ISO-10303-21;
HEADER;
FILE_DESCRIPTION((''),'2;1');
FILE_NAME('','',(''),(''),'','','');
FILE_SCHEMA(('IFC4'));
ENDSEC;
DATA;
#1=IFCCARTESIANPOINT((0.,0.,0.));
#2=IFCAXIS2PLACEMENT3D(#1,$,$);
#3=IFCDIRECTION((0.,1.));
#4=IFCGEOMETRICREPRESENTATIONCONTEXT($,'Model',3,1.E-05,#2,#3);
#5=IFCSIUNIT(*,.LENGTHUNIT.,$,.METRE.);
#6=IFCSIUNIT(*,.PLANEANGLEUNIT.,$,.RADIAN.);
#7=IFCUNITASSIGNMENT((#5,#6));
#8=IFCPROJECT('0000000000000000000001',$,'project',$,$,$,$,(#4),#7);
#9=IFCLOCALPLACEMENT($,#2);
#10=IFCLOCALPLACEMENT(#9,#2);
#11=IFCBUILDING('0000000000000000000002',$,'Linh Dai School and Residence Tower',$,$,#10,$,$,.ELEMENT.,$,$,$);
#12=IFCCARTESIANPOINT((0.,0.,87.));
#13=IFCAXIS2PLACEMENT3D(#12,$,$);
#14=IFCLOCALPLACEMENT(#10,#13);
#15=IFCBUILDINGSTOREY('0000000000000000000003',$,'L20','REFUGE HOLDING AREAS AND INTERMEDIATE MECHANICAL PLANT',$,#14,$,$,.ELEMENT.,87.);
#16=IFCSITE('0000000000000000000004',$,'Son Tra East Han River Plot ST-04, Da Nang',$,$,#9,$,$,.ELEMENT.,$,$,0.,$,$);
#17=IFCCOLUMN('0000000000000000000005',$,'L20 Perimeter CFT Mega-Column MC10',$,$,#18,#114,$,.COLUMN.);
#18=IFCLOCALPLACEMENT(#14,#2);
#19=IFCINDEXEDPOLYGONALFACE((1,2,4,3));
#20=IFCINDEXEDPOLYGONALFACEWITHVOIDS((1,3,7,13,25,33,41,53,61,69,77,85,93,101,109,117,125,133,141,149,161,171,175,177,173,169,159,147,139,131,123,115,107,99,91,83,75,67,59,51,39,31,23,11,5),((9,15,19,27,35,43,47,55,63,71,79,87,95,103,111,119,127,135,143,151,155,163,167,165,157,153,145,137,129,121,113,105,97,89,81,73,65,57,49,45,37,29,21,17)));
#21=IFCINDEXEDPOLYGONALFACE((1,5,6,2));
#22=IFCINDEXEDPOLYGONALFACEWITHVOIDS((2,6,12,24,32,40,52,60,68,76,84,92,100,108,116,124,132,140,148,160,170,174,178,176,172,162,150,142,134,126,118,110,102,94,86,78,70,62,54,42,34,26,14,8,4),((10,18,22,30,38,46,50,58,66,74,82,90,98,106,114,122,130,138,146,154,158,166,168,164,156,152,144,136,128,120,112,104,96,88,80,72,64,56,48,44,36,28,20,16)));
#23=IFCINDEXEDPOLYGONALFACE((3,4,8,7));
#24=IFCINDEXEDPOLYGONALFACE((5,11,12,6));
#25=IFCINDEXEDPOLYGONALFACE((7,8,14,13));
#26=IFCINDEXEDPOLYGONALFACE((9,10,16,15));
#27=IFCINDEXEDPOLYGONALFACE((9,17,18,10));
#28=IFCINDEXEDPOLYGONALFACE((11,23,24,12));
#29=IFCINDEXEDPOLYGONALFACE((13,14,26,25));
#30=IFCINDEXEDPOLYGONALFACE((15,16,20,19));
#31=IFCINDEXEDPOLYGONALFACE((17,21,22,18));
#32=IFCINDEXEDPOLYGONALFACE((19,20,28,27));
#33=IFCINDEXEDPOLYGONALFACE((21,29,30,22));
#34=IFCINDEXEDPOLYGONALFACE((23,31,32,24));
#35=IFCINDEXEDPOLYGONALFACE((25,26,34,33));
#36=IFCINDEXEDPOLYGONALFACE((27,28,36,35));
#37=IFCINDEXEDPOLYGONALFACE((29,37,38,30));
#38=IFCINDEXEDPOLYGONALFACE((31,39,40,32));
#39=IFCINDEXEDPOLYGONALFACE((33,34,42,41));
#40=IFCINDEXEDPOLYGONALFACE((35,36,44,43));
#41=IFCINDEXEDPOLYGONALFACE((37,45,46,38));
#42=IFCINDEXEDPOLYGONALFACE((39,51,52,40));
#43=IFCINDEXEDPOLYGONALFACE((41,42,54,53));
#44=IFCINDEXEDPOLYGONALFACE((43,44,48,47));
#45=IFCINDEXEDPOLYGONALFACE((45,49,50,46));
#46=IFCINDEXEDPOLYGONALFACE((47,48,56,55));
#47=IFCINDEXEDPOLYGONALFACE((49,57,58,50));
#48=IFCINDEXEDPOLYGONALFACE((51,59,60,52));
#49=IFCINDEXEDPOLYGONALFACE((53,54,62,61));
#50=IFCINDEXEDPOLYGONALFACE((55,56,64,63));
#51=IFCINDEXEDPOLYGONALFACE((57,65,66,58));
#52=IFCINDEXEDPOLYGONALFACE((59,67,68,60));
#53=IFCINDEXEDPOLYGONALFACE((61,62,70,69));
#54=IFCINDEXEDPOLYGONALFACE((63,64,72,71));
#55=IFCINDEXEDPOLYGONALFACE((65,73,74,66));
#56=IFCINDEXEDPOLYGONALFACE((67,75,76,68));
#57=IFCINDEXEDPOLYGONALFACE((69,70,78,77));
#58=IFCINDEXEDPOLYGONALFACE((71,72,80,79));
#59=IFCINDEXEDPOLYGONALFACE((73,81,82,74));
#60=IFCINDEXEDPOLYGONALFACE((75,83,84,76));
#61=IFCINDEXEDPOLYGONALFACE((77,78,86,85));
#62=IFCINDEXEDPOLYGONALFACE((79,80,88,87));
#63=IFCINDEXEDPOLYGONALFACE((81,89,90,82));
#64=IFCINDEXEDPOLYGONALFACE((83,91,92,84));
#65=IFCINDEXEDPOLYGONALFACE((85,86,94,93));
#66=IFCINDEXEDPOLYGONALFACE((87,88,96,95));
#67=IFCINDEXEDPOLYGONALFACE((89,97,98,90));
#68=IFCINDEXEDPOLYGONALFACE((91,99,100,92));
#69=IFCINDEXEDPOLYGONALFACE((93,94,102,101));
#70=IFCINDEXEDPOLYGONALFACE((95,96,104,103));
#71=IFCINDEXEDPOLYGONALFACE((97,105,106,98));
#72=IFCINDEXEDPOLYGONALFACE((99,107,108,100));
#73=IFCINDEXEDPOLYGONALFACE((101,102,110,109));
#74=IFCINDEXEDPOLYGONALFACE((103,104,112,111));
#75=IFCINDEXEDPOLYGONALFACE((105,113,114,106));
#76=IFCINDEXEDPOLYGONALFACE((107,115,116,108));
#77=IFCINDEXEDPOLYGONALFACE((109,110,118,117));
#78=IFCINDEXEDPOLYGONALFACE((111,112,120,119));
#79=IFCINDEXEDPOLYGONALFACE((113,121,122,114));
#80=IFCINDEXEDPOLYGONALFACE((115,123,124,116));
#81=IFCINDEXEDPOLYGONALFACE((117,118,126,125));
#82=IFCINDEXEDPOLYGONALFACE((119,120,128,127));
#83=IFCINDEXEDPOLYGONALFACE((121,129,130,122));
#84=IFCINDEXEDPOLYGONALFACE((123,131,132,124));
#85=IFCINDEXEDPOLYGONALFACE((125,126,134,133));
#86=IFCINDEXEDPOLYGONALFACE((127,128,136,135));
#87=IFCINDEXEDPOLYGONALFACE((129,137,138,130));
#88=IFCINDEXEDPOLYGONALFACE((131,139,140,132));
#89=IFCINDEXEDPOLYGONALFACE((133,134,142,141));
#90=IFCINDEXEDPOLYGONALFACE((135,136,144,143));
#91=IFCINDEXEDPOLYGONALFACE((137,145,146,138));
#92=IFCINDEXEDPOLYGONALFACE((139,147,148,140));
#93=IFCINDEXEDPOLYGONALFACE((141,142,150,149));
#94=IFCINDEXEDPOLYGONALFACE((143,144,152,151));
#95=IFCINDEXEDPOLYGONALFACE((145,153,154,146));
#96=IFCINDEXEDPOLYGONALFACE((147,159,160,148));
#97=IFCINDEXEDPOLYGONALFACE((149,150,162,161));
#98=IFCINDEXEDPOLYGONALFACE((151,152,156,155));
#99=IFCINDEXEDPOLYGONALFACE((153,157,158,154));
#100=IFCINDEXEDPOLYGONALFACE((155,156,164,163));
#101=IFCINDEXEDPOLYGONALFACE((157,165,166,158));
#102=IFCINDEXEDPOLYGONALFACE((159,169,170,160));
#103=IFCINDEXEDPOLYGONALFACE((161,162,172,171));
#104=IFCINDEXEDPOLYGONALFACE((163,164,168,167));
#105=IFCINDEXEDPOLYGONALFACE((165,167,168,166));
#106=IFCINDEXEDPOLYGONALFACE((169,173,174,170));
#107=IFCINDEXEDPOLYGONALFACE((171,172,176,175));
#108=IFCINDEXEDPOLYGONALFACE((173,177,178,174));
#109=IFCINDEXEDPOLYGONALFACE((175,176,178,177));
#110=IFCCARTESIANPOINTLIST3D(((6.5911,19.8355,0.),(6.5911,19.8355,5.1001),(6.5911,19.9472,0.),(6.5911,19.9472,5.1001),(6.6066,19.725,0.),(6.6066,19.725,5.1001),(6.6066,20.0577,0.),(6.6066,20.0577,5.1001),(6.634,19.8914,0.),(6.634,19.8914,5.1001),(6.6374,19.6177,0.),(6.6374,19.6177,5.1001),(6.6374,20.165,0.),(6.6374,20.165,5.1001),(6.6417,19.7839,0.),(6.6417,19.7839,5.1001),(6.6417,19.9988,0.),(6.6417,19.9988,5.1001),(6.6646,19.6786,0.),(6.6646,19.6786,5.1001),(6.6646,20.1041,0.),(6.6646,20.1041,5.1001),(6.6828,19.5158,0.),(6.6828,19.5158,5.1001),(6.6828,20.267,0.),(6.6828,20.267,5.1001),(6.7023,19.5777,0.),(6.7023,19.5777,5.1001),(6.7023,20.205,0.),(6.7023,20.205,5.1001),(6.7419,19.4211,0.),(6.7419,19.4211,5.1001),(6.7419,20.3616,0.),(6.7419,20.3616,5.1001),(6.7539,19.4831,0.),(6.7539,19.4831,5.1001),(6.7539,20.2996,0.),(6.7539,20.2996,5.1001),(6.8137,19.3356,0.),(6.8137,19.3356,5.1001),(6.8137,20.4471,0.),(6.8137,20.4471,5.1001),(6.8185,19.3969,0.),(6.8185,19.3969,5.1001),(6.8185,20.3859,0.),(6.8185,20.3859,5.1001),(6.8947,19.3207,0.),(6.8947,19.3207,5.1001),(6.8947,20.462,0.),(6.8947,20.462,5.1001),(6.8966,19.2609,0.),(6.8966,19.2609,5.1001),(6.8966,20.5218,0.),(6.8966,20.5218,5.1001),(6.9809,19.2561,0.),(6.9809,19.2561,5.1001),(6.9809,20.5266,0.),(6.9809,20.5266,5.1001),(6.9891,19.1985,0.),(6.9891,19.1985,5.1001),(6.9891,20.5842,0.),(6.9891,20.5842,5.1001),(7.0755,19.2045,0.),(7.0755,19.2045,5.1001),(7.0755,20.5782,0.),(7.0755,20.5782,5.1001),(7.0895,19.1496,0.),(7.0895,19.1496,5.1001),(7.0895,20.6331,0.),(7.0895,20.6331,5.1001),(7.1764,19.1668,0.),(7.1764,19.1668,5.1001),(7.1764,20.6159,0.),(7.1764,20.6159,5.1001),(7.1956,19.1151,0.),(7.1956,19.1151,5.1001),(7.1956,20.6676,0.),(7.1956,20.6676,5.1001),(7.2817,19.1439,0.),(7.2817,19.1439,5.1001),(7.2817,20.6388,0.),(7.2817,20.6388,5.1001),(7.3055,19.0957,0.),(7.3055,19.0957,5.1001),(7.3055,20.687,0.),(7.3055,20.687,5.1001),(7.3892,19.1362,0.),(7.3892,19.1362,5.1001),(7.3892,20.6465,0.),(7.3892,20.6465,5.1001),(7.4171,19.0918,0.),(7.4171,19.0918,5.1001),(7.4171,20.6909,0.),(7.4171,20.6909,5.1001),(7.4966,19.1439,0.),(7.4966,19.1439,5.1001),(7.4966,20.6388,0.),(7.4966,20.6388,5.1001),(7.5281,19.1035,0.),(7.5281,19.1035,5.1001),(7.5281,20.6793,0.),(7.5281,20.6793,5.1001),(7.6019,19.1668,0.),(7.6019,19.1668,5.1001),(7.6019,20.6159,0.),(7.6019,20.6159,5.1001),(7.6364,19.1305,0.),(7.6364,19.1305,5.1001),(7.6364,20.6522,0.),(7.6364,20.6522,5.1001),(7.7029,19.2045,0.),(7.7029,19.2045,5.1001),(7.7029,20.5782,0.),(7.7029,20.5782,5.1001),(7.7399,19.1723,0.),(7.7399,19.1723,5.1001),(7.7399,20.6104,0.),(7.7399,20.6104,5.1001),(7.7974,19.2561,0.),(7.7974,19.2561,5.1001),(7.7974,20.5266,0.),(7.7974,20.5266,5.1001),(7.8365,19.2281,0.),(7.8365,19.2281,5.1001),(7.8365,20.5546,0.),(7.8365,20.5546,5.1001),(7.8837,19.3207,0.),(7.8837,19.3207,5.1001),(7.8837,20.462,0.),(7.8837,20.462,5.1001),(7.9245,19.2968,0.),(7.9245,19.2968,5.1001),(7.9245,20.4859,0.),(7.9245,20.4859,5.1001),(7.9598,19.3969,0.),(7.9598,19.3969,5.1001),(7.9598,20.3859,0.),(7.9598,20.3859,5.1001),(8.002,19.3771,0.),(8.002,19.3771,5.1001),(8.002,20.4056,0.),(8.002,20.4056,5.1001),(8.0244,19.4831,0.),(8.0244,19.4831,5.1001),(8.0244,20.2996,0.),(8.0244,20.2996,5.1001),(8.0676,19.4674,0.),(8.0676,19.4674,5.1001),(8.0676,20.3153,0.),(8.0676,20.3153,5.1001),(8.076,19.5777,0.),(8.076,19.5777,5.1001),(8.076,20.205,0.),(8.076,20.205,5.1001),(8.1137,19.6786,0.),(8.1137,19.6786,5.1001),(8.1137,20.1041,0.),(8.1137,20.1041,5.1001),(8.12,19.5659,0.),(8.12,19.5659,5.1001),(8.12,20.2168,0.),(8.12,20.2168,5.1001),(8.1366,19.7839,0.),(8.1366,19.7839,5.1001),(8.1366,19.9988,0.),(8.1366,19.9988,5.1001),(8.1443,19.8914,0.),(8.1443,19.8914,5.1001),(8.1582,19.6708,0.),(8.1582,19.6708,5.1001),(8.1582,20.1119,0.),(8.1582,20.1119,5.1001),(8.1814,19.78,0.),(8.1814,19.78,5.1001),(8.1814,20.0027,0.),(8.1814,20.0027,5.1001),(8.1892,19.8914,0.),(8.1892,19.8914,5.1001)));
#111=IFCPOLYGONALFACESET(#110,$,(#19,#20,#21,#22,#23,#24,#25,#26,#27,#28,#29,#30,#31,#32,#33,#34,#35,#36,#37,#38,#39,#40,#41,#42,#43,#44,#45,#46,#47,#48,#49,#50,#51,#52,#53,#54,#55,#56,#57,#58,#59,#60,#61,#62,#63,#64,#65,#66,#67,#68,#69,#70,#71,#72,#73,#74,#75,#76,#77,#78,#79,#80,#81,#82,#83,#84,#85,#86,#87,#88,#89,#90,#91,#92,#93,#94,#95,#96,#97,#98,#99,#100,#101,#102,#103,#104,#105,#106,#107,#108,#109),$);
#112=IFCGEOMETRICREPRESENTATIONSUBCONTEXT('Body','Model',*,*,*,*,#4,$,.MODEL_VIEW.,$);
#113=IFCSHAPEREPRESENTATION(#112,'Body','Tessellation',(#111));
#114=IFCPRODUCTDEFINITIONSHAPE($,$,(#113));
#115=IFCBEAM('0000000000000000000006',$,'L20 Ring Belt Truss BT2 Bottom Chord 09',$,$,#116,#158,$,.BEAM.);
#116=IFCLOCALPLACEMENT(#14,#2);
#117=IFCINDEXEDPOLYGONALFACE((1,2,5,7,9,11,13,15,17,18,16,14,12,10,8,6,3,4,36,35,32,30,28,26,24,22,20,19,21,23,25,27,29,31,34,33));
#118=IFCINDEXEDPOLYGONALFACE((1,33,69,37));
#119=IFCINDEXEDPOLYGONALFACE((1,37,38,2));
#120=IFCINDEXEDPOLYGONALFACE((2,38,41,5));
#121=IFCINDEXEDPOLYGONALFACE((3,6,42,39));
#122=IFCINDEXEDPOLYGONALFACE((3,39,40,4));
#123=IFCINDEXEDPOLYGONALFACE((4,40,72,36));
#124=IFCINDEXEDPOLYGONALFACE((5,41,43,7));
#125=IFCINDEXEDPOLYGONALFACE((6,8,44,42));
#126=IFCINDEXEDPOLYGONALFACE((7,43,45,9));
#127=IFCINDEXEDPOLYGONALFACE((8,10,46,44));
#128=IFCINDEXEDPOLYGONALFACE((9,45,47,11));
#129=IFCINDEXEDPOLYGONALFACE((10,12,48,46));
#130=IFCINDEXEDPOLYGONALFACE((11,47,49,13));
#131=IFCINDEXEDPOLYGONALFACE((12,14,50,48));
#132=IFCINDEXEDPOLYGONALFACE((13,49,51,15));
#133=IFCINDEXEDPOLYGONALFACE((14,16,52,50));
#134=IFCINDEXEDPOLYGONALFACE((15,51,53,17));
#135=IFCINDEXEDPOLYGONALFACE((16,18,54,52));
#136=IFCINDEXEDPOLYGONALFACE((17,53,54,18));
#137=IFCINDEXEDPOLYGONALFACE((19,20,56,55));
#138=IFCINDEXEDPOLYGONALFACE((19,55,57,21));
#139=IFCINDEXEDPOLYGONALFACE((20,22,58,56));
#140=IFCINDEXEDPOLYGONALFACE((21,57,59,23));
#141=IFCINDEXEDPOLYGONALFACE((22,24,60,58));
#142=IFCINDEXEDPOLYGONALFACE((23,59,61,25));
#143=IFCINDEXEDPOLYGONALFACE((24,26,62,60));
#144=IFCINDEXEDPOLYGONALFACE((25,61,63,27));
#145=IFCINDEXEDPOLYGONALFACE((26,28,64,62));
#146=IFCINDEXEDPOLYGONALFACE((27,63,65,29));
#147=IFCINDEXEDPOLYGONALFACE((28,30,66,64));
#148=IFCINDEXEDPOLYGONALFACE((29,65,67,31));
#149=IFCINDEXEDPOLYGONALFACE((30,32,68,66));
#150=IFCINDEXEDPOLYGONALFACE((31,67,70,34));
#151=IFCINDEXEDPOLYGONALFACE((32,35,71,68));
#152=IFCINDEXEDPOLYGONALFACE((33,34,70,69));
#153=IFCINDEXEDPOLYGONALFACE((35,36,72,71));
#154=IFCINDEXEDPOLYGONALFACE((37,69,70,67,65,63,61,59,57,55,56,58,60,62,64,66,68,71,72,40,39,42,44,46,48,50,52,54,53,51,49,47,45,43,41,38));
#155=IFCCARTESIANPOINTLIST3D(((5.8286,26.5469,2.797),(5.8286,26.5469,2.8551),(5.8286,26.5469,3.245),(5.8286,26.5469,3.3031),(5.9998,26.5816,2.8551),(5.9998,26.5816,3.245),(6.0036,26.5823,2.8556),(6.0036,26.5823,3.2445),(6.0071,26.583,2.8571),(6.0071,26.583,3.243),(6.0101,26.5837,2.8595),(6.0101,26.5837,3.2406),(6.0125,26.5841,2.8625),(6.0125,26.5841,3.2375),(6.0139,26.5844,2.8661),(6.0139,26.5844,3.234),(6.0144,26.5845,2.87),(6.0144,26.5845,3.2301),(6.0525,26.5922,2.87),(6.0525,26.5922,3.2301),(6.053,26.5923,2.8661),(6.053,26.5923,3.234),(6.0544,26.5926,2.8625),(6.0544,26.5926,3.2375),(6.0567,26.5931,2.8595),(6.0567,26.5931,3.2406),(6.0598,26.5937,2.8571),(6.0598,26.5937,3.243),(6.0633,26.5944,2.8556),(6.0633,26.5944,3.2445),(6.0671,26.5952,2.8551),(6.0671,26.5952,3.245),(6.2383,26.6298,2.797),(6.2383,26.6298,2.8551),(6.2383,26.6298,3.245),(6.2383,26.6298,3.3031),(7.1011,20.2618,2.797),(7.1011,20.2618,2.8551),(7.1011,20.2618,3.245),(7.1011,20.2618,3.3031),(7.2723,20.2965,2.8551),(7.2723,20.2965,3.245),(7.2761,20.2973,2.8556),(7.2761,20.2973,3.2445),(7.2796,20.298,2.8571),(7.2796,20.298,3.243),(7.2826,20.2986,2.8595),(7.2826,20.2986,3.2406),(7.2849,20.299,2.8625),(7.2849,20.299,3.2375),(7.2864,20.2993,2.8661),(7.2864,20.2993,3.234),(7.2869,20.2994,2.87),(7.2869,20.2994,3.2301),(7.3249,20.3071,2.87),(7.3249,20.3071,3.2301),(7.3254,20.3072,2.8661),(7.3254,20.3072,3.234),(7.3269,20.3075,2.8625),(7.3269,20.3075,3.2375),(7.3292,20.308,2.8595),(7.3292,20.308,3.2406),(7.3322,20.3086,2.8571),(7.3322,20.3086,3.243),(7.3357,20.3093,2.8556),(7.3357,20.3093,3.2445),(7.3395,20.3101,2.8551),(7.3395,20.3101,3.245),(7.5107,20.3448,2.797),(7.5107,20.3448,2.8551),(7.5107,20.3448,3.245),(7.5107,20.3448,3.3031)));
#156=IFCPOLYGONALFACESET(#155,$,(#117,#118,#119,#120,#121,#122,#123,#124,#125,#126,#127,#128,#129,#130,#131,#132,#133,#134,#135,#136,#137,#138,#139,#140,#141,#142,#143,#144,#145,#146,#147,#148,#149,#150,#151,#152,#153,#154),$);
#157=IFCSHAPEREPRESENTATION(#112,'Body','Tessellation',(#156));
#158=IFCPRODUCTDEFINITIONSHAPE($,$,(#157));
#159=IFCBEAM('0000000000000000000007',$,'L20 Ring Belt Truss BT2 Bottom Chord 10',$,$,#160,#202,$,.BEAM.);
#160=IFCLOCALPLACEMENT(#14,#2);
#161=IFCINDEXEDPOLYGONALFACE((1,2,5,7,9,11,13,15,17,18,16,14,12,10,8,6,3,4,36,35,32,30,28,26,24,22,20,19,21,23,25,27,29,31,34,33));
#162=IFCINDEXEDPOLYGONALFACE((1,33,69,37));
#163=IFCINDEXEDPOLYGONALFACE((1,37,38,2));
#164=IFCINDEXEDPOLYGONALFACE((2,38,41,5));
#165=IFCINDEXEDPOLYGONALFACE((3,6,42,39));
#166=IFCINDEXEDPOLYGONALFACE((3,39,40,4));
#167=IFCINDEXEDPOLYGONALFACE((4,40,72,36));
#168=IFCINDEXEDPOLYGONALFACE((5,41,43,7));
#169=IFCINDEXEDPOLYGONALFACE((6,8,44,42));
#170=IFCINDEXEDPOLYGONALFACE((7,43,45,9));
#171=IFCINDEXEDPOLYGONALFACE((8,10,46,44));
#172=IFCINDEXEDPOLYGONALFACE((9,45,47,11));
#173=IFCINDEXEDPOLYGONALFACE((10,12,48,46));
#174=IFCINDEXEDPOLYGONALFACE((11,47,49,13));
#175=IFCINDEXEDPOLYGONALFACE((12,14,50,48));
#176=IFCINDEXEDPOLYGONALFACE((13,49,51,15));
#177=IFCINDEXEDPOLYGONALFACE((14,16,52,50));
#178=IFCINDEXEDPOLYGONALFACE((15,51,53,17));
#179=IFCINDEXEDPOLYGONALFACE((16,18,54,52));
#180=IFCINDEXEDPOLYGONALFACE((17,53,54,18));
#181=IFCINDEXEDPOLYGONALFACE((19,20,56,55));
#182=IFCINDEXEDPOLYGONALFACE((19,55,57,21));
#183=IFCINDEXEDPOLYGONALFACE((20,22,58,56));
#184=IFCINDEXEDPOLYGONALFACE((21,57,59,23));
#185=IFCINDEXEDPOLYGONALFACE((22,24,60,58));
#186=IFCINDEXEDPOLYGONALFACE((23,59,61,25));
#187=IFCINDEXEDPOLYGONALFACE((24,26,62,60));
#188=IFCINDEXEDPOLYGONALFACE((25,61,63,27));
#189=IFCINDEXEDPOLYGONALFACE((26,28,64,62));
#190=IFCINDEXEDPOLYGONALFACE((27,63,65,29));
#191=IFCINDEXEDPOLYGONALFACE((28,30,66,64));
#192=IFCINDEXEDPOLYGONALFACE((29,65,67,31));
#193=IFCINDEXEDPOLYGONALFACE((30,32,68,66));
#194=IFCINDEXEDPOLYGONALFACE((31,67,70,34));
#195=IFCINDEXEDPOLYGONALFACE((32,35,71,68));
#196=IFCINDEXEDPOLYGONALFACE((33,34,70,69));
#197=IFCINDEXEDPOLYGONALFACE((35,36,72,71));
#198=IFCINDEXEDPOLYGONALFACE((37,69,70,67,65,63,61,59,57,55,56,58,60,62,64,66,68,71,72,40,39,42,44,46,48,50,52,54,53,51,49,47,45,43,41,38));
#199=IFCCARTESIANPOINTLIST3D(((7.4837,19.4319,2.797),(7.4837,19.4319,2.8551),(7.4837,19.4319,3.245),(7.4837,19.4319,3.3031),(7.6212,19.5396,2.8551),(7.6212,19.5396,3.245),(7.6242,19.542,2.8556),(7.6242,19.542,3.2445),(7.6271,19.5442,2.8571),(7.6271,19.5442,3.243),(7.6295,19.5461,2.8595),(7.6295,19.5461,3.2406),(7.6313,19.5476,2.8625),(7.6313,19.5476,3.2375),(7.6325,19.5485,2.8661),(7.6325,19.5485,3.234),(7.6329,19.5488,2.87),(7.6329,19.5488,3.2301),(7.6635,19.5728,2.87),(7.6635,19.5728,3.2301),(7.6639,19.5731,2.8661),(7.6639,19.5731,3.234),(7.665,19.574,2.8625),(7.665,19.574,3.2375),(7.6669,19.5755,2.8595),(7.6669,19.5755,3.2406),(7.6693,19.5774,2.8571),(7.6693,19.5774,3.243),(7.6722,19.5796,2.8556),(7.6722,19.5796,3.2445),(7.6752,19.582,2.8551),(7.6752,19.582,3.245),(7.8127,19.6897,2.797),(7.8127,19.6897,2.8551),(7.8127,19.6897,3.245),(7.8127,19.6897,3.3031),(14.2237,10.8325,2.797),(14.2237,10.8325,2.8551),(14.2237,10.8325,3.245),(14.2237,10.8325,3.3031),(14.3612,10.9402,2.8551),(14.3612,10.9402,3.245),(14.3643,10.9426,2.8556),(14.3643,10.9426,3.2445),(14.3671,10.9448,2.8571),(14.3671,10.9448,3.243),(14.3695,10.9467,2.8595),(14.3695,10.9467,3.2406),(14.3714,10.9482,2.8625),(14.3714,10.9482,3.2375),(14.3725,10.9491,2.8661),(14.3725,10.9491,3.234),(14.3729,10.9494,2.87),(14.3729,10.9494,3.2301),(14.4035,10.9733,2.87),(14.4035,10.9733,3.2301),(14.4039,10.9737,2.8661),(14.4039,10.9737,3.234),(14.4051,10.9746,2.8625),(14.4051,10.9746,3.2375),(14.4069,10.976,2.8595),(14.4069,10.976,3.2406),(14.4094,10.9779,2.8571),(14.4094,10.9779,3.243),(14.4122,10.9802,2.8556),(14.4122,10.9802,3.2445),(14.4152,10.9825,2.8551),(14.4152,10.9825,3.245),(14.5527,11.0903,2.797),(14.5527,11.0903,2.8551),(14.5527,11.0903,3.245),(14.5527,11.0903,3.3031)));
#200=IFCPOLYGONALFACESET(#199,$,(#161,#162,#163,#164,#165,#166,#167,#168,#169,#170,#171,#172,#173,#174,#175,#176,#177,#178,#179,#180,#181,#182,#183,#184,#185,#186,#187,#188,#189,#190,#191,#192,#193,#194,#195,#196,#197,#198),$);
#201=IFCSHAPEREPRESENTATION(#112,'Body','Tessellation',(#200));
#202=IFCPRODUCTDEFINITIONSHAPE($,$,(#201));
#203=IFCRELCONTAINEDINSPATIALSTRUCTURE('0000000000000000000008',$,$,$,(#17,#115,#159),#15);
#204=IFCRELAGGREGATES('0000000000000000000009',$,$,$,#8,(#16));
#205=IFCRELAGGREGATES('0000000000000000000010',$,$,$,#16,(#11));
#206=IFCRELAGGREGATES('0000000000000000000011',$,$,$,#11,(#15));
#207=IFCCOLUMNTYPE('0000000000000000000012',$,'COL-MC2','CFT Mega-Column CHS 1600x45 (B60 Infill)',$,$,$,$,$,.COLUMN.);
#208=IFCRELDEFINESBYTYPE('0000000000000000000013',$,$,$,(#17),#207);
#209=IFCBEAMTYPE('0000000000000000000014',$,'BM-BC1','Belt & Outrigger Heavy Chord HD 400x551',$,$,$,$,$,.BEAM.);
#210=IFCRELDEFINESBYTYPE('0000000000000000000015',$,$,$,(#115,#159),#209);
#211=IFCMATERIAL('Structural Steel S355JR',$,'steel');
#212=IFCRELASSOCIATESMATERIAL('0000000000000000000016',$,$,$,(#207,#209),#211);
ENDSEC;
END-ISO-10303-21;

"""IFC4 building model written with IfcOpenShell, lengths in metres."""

from ifc_helpers import new_model, si_unit, direction, frame, origin, origin_2d, place, context, subcontext, project, spatial, hollow_circle, i_section, extrude, material, material_profile, profile_set, type_object, element, save


model = new_model("IFC4")

# Units and contexts
model_context = context("Model", 3, precision=1e-05, world=origin(), true_north=direction((0.0, 1.0)))
body_context = subcontext(model_context, "Body", "Model", "MODEL_VIEW")
ifc_project = project(units=[si_unit("LENGTHUNIT", "METRE"), si_unit("PLANEANGLEUNIT", "RADIAN")], contexts=[model_context])

# Site, building, storey
site_placement = place(None, origin())
site = spatial("IfcSite", under=ifc_project, at=site_placement, Name="Son Tra East Han River Plot ST-04, Da Nang", CompositionType="ELEMENT", RefElevation=0.0)
building_placement = place(site_placement, origin())
building = spatial("IfcBuilding", under=site, at=building_placement, Name="Linh Dai School and Residence Tower", CompositionType="ELEMENT")
storey_placement = place(building_placement, frame((0.0, 0.0, 87.0)))
storey = spatial("IfcBuildingStorey", under=building, at=storey_placement, Name="L20", Description="REFUGE HOLDING AREAS AND INTERMEDIATE MECHANICAL PLANT", CompositionType="ELEMENT", Elevation=87.0)

# Column
ifc_material_1 = material(Name="Structural Steel S355JR", Category="steel")
ifc_material_profile_1 = material_profile(ifc_material_1, hollow_circle(Radius=0.8, WallThickness=0.0449, at=origin_2d()), Name="CHS 1600x45")
ifc_profile_set_1 = profile_set([ifc_material_profile_1], Name="Structural Steel S355JR")
column_type = type_object("IfcColumnType", Name="COL-MC2", Description="CFT Mega-Column CHS 1600x45 (B60 Infill)", PredefinedType="COLUMN", material=ifc_profile_set_1)
column_placement = place(storey_placement, frame((7.3892, 19.8914, 0.0), z_axis=(0.0, 0.0, 1.0), x_axis=(1.0, 0.0, 0.0)))
element("IfcColumn", 1, at=column_placement, inside=storey, type_object=column_type, Name="L20 Perimeter CFT Mega-Column MC10", PredefinedType="COLUMN", context=body_context, shape_type="SweptSolid", body=[
    extrude(hollow_circle(Radius=0.8, WallThickness=0.0449, at=origin_2d()), origin(), (0.0, 0.0, 1.0), 5.1001),
])

# Beams
ifc_material_profile_2 = material_profile(ifc_material_1, i_section(OverallWidth=0.418, OverallDepth=0.5061, WebThickness=0.0388, FlangeThickness=0.0581, FilletRadius=0.0149, at=origin_2d()), Name="HD 400x551")
ifc_profile_set_2 = profile_set([ifc_material_profile_2], Name="Structural Steel S355JR")
beam_type_1 = type_object("IfcBeamType", Name="BM-BC1", Description="Belt & Outrigger Heavy Chord HD 400x551", PredefinedType="BEAM", material=ifc_profile_set_2)
beam_1_placement = place(storey_placement, frame((6.0334, 26.5884, 3.05), z_axis=(0.198429, -0.980115, 0.0), x_axis=(0.980115, 0.198429, 0.0)))
element("IfcBeam", 2, at=beam_1_placement, inside=storey, type_object=beam_type_1, Name="L20 Ring Belt Truss BT2 Bottom Chord 09", PredefinedType="BEAM", context=body_context, shape_type="SweptSolid", body=[
    extrude(i_section(OverallWidth=0.418, OverallDepth=0.5061, WebThickness=0.0388, FlangeThickness=0.0581, FilletRadius=0.0149, at=origin_2d()), origin(), (0.0, 0.0, 1.0), 6.4126),
])
beam_2_placement = place(storey_placement, frame((7.6482, 19.5608, 3.05), z_axis=(0.616879, -0.787058, 0.0), x_axis=(0.787058, 0.616879, 0.0)))
element("IfcBeam", 3, at=beam_2_placement, inside=storey, type_object=beam_type_1, Name="L20 Ring Belt Truss BT2 Bottom Chord 10", PredefinedType="BEAM", context=body_context, shape_type="SweptSolid", body=[
    extrude(i_section(OverallWidth=0.418, OverallDepth=0.5061, WebThickness=0.0388, FlangeThickness=0.0581, FilletRadius=0.0149, at=origin_2d()), origin(), (0.0, 0.0, 1.0), 10.926),
])

save(model, "model.ifc")
